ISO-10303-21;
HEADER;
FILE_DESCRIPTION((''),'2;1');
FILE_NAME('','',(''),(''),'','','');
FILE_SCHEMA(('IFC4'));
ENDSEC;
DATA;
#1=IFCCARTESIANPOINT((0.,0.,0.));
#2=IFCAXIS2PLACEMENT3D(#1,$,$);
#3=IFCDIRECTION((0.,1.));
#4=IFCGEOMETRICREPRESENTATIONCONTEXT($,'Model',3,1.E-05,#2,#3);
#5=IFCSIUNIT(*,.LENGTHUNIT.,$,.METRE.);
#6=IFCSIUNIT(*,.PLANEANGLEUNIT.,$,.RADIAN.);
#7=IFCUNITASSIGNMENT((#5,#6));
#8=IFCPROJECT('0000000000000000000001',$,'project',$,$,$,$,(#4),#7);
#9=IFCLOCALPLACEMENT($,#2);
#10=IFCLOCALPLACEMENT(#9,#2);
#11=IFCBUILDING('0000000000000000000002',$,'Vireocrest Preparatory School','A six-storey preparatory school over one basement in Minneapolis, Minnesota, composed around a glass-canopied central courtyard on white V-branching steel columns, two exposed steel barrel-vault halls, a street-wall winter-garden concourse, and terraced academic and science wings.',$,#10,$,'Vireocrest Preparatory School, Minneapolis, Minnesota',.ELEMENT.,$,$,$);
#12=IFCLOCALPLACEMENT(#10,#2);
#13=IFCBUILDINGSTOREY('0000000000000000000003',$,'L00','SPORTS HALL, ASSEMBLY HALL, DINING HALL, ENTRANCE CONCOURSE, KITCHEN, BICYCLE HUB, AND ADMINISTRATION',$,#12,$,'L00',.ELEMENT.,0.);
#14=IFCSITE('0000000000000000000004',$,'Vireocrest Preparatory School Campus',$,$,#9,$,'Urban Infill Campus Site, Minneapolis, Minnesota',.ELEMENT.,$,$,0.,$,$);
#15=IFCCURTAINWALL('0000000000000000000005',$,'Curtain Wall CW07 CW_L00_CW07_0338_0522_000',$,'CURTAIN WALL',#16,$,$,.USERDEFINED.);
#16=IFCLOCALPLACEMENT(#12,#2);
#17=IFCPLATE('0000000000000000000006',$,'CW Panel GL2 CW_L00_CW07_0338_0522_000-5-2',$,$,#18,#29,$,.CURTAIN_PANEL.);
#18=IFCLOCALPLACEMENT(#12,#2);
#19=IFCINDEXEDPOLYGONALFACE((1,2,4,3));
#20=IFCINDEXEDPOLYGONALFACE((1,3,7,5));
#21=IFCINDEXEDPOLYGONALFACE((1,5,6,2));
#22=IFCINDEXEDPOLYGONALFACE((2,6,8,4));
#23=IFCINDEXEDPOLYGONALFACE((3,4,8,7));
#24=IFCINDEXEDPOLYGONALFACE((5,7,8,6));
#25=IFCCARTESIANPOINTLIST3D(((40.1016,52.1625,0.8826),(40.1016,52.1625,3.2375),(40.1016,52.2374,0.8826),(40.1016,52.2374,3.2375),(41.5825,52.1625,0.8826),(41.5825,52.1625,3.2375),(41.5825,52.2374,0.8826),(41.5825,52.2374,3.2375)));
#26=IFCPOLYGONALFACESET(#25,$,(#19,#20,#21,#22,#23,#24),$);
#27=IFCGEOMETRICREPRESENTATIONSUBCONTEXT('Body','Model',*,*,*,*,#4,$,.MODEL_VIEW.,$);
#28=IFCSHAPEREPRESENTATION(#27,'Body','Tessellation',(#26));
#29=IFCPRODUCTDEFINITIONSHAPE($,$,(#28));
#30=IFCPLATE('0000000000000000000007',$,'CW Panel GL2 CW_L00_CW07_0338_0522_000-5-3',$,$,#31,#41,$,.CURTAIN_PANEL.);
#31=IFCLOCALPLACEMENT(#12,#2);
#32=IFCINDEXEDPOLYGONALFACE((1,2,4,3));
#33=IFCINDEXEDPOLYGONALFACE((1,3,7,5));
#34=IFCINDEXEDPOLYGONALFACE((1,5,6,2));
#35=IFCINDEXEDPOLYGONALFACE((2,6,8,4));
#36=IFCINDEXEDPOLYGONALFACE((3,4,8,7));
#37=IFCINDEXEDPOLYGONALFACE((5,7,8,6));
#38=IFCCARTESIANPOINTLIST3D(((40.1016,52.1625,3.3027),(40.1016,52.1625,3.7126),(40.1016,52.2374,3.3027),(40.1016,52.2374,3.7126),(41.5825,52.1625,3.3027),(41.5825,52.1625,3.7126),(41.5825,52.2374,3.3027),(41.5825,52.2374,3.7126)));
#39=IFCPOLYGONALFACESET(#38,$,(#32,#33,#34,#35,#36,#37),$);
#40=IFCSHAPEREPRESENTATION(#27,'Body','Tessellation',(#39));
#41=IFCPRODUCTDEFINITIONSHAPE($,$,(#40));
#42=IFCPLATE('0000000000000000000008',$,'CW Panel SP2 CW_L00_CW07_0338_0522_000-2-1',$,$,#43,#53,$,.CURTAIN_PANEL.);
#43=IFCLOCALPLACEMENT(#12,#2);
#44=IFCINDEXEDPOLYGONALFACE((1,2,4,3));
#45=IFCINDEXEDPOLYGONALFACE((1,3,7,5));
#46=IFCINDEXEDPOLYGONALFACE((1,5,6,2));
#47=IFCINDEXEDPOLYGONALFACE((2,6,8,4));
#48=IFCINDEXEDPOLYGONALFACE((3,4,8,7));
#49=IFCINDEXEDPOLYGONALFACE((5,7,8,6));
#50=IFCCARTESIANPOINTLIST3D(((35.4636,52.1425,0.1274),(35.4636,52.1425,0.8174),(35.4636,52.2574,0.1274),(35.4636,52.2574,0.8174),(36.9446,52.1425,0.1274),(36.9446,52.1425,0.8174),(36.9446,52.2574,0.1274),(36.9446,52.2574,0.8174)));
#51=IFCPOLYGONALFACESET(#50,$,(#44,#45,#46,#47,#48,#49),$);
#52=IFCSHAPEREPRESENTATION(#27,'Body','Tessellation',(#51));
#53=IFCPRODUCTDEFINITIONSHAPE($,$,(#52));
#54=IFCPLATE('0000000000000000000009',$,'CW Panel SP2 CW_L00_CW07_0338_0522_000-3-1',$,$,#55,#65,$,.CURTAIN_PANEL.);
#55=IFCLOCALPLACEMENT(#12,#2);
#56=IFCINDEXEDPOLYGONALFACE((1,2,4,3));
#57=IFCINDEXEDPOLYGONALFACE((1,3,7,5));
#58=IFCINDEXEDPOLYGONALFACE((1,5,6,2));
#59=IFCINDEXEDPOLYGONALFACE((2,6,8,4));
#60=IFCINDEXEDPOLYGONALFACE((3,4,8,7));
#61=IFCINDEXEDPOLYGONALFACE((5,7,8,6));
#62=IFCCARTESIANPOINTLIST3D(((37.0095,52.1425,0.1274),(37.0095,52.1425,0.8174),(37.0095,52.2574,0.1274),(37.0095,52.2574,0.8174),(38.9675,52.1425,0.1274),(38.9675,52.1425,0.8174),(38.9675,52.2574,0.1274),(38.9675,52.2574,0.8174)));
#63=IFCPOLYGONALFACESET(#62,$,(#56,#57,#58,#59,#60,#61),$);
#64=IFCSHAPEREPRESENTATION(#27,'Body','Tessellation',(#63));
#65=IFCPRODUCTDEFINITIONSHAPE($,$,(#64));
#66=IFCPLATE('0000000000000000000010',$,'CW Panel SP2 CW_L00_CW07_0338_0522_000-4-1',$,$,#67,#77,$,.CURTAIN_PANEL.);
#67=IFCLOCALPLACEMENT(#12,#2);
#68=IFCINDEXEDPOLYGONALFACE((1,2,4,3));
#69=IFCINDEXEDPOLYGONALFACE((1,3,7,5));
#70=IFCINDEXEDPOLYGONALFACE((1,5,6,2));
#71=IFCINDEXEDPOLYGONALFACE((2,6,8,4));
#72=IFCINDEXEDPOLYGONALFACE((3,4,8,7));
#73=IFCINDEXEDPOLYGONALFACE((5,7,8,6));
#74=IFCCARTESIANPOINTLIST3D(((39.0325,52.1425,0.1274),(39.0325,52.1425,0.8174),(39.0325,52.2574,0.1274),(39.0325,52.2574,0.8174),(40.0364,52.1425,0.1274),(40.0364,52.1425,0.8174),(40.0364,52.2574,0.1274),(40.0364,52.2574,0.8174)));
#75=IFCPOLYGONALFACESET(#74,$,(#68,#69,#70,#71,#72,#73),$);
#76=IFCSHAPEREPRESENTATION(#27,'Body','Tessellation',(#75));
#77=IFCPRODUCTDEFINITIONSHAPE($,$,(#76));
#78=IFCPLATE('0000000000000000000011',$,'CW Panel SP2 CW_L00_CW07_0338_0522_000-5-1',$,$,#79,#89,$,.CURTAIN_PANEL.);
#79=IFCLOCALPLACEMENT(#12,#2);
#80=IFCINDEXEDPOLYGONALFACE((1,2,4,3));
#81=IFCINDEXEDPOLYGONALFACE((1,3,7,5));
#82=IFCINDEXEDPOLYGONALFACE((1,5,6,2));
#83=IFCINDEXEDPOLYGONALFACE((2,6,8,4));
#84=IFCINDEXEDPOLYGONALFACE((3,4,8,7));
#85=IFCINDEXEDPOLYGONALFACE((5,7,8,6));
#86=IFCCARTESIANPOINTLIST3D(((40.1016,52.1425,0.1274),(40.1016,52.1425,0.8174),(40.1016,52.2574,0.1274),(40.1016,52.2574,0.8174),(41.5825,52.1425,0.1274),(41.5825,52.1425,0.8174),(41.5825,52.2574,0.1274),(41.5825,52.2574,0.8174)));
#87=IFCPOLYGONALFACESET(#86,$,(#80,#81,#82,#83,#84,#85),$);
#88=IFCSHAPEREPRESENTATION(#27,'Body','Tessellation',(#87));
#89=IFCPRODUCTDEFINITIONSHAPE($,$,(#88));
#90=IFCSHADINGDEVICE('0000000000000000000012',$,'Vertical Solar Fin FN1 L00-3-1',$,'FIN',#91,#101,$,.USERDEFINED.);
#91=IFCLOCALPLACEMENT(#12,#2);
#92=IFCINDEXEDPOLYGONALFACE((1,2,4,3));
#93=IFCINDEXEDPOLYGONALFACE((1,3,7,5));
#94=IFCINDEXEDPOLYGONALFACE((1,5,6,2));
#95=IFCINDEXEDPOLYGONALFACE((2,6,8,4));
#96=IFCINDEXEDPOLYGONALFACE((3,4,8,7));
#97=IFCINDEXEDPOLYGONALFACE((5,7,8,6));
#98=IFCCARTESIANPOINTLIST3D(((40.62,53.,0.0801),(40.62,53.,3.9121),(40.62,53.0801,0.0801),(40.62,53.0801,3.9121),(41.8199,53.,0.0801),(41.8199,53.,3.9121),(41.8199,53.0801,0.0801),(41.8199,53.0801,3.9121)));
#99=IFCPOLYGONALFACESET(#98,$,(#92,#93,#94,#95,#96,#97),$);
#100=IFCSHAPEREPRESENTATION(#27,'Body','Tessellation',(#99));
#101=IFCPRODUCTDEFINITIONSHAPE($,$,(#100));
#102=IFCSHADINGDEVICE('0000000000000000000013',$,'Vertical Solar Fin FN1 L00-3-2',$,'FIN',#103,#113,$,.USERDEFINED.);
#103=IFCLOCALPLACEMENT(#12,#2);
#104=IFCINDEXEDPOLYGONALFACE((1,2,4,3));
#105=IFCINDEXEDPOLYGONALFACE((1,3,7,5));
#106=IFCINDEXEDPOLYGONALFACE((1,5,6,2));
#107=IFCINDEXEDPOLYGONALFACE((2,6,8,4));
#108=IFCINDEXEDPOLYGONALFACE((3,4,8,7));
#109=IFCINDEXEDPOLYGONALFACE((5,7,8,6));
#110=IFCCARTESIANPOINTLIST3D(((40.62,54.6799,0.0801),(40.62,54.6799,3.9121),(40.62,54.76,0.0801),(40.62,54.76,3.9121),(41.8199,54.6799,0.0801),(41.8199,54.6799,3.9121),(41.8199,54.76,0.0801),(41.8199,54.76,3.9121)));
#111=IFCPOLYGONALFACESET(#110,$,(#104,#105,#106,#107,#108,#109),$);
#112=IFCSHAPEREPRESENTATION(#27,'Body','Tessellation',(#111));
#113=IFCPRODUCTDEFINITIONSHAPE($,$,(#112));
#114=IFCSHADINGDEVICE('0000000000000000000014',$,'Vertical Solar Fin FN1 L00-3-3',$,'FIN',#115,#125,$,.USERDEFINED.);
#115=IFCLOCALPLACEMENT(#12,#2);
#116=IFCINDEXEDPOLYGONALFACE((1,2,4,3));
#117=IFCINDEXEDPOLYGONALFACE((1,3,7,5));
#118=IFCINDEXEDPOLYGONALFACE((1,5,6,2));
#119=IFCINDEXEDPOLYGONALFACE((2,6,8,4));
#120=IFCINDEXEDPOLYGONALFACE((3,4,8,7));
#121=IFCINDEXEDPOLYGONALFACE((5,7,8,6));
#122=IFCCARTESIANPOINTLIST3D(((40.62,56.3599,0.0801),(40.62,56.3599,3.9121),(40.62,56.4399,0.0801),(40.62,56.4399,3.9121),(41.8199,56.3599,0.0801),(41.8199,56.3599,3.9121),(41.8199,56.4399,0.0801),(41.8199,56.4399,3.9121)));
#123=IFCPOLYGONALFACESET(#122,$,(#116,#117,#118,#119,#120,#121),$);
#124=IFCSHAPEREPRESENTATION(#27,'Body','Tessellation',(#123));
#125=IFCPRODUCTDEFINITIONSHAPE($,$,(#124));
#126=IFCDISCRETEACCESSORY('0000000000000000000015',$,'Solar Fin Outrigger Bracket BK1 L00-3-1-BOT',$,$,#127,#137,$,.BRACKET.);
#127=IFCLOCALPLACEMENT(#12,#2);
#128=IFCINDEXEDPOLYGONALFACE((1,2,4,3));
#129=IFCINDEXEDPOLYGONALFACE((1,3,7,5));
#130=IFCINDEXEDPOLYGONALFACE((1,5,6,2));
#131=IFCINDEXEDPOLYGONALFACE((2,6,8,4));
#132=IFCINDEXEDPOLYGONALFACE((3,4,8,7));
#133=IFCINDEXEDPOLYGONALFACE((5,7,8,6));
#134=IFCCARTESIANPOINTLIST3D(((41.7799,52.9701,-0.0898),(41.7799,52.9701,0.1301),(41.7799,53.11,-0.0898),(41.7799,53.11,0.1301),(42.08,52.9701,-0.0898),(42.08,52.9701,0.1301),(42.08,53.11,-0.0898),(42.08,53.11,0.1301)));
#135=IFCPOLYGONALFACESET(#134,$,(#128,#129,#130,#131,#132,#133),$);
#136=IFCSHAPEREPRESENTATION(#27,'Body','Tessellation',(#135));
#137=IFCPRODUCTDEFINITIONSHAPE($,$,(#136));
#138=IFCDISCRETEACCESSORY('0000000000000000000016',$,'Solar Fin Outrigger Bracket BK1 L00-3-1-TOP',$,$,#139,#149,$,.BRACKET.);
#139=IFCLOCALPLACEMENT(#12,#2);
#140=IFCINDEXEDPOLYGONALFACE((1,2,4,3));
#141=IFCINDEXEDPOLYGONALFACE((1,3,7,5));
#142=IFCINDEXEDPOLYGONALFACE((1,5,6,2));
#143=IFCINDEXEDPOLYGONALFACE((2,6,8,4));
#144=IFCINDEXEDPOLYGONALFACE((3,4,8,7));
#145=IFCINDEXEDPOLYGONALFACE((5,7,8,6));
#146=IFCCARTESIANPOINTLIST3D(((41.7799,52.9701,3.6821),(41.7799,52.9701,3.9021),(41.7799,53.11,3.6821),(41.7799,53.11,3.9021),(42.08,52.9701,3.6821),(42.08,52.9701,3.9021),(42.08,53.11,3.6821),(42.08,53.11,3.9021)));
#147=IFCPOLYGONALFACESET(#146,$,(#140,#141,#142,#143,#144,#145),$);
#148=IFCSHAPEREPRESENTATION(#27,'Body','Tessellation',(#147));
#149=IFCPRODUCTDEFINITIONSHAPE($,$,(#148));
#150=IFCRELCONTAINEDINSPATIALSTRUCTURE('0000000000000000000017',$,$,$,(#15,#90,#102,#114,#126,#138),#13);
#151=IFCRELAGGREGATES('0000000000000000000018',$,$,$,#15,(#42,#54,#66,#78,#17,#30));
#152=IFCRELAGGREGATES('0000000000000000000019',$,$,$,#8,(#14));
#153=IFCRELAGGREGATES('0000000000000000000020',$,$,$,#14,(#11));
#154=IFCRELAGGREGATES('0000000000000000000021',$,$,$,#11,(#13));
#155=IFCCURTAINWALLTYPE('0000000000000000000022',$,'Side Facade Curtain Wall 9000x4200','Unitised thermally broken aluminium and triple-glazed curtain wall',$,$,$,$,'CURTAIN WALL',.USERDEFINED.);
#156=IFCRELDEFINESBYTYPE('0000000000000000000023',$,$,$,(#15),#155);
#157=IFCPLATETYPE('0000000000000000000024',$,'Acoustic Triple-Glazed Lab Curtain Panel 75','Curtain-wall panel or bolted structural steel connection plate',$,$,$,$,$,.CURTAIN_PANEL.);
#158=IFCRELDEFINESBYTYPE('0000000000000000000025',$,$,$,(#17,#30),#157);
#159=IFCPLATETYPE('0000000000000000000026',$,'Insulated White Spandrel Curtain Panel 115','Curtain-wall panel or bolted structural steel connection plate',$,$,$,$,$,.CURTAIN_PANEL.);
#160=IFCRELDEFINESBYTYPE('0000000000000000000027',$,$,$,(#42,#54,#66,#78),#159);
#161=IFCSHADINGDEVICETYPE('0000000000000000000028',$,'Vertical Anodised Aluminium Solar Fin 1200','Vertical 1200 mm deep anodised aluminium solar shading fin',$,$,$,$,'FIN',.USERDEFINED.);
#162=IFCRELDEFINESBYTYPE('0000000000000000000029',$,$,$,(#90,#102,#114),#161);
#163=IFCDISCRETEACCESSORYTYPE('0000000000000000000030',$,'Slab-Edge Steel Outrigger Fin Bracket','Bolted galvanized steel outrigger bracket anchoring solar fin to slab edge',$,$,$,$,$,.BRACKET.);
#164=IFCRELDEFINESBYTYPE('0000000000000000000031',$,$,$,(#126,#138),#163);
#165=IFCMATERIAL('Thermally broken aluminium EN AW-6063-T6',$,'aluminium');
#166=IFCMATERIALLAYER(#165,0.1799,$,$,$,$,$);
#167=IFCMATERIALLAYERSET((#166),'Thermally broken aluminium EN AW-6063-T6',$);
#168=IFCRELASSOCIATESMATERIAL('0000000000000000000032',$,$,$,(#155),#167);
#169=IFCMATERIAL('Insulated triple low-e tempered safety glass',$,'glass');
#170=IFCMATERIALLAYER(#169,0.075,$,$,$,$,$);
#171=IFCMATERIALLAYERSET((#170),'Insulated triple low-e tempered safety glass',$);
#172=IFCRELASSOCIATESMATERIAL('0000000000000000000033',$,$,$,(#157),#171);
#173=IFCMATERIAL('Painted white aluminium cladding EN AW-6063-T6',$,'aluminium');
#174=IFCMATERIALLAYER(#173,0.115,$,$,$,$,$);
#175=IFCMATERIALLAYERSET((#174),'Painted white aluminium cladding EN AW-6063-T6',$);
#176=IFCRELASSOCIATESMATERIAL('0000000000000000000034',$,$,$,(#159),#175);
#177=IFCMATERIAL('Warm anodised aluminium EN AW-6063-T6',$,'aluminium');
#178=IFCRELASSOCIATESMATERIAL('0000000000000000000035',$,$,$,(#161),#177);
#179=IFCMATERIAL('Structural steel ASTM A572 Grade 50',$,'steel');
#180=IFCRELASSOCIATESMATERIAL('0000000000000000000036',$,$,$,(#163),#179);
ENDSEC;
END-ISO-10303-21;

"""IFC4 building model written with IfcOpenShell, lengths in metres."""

from ifc_helpers import new_model, si_unit, direction, frame, origin, origin_2d, place, context, subcontext, project, spatial, rectangle, extrude, material, layer, layer_set, material_profile, profile_set, type_object, element, aggregate, save


model = new_model("IFC4")

# Units and contexts
model_context = context("Model", 3, precision=1e-05, world=origin(), true_north=direction((0.0, 1.0)))
body_context = subcontext(model_context, "Body", "Model", "MODEL_VIEW")
ifc_project = project(units=[si_unit("LENGTHUNIT", "METRE"), si_unit("PLANEANGLEUNIT", "RADIAN")], contexts=[model_context])

# Site, building, storey
site_placement = place(None, origin())
site = spatial("IfcSite", under=ifc_project, at=site_placement, Name="Vireocrest Preparatory School Campus", LongName="Urban Infill Campus Site, Minneapolis, Minnesota", CompositionType="ELEMENT", RefElevation=0.0)
building_placement = place(site_placement, origin())
building = spatial("IfcBuilding", under=site, at=building_placement, Name="Vireocrest Preparatory School", Description="A six-storey preparatory school over one basement in Minneapolis, Minnesota, composed around a glass-canopied central courtyard on white V-branching steel columns, two exposed steel barrel-vault halls, a street-wall winter-garden concourse, and terraced academic and science wings.", LongName="Vireocrest Preparatory School, Minneapolis, Minnesota", CompositionType="ELEMENT")
storey_placement = place(building_placement, origin())
storey = spatial("IfcBuildingStorey", under=building, at=storey_placement, Name="L00", Description="SPORTS HALL, ASSEMBLY HALL, DINING HALL, ENTRANCE CONCOURSE, KITCHEN, BICYCLE HUB, AND ADMINISTRATION", LongName="L00", CompositionType="ELEMENT", Elevation=0.0)

# Curtain wall, plates
ifc_material_1 = material(Name="Thermally broken aluminium EN AW-6063-T6", Category="aluminium")
ifc_layer_1 = layer(ifc_material_1, 0.1799)
ifc_layer_set_1 = layer_set([ifc_layer_1], Name="Thermally broken aluminium EN AW-6063-T6")
curtain_wall_type = type_object("IfcCurtainWallType", Name="Side Facade Curtain Wall 9000x4200", Description="Unitised thermally broken aluminium and triple-glazed curtain wall", ElementType="CURTAIN WALL", PredefinedType="USERDEFINED", material=ifc_layer_set_1)
curtain_wall_placement = place(storey_placement, origin())
curtain_wall = element("IfcCurtainWall", 1, at=curtain_wall_placement, inside=storey, type_object=curtain_wall_type, Name="Curtain Wall CW07 CW_L00_CW07_0338_0522_000", ObjectType="CURTAIN WALL", PredefinedType="USERDEFINED")
ifc_material_2 = material(Name="Insulated triple low-e tempered safety glass", Category="glass")
ifc_layer_2 = layer(ifc_material_2, 0.075)
ifc_layer_set_2 = layer_set([ifc_layer_2], Name="Insulated triple low-e tempered safety glass")
plate_type_1 = type_object("IfcPlateType", Name="Acoustic Triple-Glazed Lab Curtain Panel 75", Description="Curtain-wall panel or bolted structural steel connection plate", PredefinedType="CURTAIN_PANEL", material=ifc_layer_set_2)
plate_1_placement = place(storey_placement, frame((40.842, 52.2, 0.8826), z_axis=(0.0, 0.0, 1.0), x_axis=(1.0, 0.0, 0.0)))
plate_1 = element("IfcPlate", 2, at=plate_1_placement, type_object=plate_type_1, Name="CW Panel GL2 CW_L00_CW07_0338_0522_000-5-2", PredefinedType="CURTAIN_PANEL", context=body_context, shape_type="SweptSolid", body=[
    extrude(rectangle(XDim=1.481, YDim=0.075, at=origin_2d()), origin(), (0.0, 0.0, 1.0), 2.355),
])
plate_2_placement = place(storey_placement, frame((40.842, 52.2, 3.3027), z_axis=(0.0, 0.0, 1.0), x_axis=(1.0, 0.0, 0.0)))
plate_2 = element("IfcPlate", 3, at=plate_2_placement, type_object=plate_type_1, Name="CW Panel GL2 CW_L00_CW07_0338_0522_000-5-3", PredefinedType="CURTAIN_PANEL", context=body_context, shape_type="SweptSolid", body=[
    extrude(rectangle(XDim=1.481, YDim=0.075, at=origin_2d()), origin(), (0.0, 0.0, 1.0), 0.4099),
])
ifc_material_3 = material(Name="Painted white aluminium cladding EN AW-6063-T6", Category="aluminium")
ifc_layer_3 = layer(ifc_material_3, 0.115)
ifc_layer_set_3 = layer_set([ifc_layer_3], Name="Painted white aluminium cladding EN AW-6063-T6")
plate_type_2 = type_object("IfcPlateType", Name="Insulated White Spandrel Curtain Panel 115", Description="Curtain-wall panel or bolted structural steel connection plate", PredefinedType="CURTAIN_PANEL", material=ifc_layer_set_3)
plate_3_placement = place(storey_placement, frame((36.2041, 52.2, 0.1274), z_axis=(0.0, 0.0, 1.0), x_axis=(1.0, 0.0, 0.0)))
plate_3 = element("IfcPlate", 4, at=plate_3_placement, type_object=plate_type_2, Name="CW Panel SP2 CW_L00_CW07_0338_0522_000-2-1", PredefinedType="CURTAIN_PANEL", context=body_context, shape_type="SweptSolid", body=[
    extrude(rectangle(XDim=1.481, YDim=0.115, at=origin_2d()), origin(), (0.0, 0.0, 1.0), 0.6899),
])
plate_4_placement = place(storey_placement, frame((37.9885, 52.2, 0.1274), z_axis=(0.0, 0.0, 1.0), x_axis=(1.0, 0.0, 0.0)))
plate_4 = element("IfcPlate", 5, at=plate_4_placement, type_object=plate_type_2, Name="CW Panel SP2 CW_L00_CW07_0338_0522_000-3-1", PredefinedType="CURTAIN_PANEL", context=body_context, shape_type="SweptSolid", body=[
    extrude(rectangle(XDim=1.958, YDim=0.115, at=origin_2d()), origin(), (0.0, 0.0, 1.0), 0.6899),
])
plate_5_placement = place(storey_placement, frame((39.5344, 52.2, 0.1274), z_axis=(0.0, 0.0, 1.0), x_axis=(1.0, 0.0, 0.0)))
plate_5 = element("IfcPlate", 6, at=plate_5_placement, type_object=plate_type_2, Name="CW Panel SP2 CW_L00_CW07_0338_0522_000-4-1", PredefinedType="CURTAIN_PANEL", context=body_context, shape_type="SweptSolid", body=[
    extrude(rectangle(XDim=1.0039, YDim=0.115, at=origin_2d()), origin(), (0.0, 0.0, 1.0), 0.6899),
])
plate_6_placement = place(storey_placement, frame((40.842, 52.2, 0.1274), z_axis=(0.0, 0.0, 1.0), x_axis=(1.0, 0.0, 0.0)))
plate_6 = element("IfcPlate", 7, at=plate_6_placement, type_object=plate_type_2, Name="CW Panel SP2 CW_L00_CW07_0338_0522_000-5-1", PredefinedType="CURTAIN_PANEL", context=body_context, shape_type="SweptSolid", body=[
    extrude(rectangle(XDim=1.481, YDim=0.115, at=origin_2d()), origin(), (0.0, 0.0, 1.0), 0.6899),
])
aggregate(curtain_wall, [plate_3, plate_4, plate_5, plate_6, plate_1, plate_2])

# Shading devices
ifc_material_4 = material(Name="Warm anodised aluminium EN AW-6063-T6", Category="aluminium")
ifc_material_profile_1 = material_profile(ifc_material_4, rectangle(XDim=0.0801, YDim=1.2, at=origin_2d()), Name="FIN 80x1200")
ifc_profile_set_1 = profile_set([ifc_material_profile_1], Name="Warm anodised aluminium EN AW-6063-T6")
shading_device_type = type_object("IfcShadingDeviceType", Name="Vertical Anodised Aluminium Solar Fin 1200", Description="Vertical 1200 mm deep anodised aluminium solar shading fin", ElementType="FIN", PredefinedType="USERDEFINED", material=ifc_profile_set_1)
for number, where, z_axis, x_axis, name in (
    (8, (41.22, 53.04, 0.0801), (0.0, 0.0, 1.0), (0.0, 1.0, 0.0), "Vertical Solar Fin FN1 L00-3-1"),
    (9, (41.22, 54.72, 0.0801), (0.0, 0.0, 1.0), (0.0, 1.0, 0.0), "Vertical Solar Fin FN1 L00-3-2"),
    (10, (41.22, 56.3999, 0.0801), (0.0, 0.0, 1.0), (0.0, 1.0, 0.0), "Vertical Solar Fin FN1 L00-3-3"),
):
    element("IfcShadingDevice", number, at=place(storey_placement, frame(where, z_axis=z_axis, x_axis=x_axis)), inside=storey, type_object=shading_device_type, Name=name, ObjectType="FIN", PredefinedType="USERDEFINED", context=body_context, shape_type="SweptSolid", body=[
        extrude(rectangle(XDim=0.0801, YDim=1.2, at=origin_2d()), origin(), (0.0, 0.0, 1.0), 3.832),
    ])

# Discrete accessories
ifc_material_5 = material(Name="Structural steel ASTM A572 Grade 50", Category="steel")
discrete_accessory_type = type_object("IfcDiscreteAccessoryType", Name="Slab-Edge Steel Outrigger Fin Bracket", Description="Bolted galvanized steel outrigger bracket anchoring solar fin to slab edge", PredefinedType="BRACKET", material=ifc_material_5)
for number, where, z_axis, x_axis, name in (
    (11, (41.9299, 53.04, -0.0898), (0.0, 0.0, 1.0), (0.0, 1.0, 0.0), "Solar Fin Outrigger Bracket BK1 L00-3-1-BOT"),
    (12, (41.9299, 53.04, 3.6821), (0.0, 0.0, 1.0), (0.0, 1.0, 0.0), "Solar Fin Outrigger Bracket BK1 L00-3-1-TOP"),
):
    element("IfcDiscreteAccessory", number, at=place(storey_placement, frame(where, z_axis=z_axis, x_axis=x_axis)), inside=storey, type_object=discrete_accessory_type, Name=name, PredefinedType="BRACKET", context=body_context, shape_type="SweptSolid", body=[
        extrude(rectangle(XDim=0.1399, YDim=0.3, at=origin_2d()), origin(), (0.0, 0.0, 1.0), 0.22),
    ])

save(model, "model.ifc")
